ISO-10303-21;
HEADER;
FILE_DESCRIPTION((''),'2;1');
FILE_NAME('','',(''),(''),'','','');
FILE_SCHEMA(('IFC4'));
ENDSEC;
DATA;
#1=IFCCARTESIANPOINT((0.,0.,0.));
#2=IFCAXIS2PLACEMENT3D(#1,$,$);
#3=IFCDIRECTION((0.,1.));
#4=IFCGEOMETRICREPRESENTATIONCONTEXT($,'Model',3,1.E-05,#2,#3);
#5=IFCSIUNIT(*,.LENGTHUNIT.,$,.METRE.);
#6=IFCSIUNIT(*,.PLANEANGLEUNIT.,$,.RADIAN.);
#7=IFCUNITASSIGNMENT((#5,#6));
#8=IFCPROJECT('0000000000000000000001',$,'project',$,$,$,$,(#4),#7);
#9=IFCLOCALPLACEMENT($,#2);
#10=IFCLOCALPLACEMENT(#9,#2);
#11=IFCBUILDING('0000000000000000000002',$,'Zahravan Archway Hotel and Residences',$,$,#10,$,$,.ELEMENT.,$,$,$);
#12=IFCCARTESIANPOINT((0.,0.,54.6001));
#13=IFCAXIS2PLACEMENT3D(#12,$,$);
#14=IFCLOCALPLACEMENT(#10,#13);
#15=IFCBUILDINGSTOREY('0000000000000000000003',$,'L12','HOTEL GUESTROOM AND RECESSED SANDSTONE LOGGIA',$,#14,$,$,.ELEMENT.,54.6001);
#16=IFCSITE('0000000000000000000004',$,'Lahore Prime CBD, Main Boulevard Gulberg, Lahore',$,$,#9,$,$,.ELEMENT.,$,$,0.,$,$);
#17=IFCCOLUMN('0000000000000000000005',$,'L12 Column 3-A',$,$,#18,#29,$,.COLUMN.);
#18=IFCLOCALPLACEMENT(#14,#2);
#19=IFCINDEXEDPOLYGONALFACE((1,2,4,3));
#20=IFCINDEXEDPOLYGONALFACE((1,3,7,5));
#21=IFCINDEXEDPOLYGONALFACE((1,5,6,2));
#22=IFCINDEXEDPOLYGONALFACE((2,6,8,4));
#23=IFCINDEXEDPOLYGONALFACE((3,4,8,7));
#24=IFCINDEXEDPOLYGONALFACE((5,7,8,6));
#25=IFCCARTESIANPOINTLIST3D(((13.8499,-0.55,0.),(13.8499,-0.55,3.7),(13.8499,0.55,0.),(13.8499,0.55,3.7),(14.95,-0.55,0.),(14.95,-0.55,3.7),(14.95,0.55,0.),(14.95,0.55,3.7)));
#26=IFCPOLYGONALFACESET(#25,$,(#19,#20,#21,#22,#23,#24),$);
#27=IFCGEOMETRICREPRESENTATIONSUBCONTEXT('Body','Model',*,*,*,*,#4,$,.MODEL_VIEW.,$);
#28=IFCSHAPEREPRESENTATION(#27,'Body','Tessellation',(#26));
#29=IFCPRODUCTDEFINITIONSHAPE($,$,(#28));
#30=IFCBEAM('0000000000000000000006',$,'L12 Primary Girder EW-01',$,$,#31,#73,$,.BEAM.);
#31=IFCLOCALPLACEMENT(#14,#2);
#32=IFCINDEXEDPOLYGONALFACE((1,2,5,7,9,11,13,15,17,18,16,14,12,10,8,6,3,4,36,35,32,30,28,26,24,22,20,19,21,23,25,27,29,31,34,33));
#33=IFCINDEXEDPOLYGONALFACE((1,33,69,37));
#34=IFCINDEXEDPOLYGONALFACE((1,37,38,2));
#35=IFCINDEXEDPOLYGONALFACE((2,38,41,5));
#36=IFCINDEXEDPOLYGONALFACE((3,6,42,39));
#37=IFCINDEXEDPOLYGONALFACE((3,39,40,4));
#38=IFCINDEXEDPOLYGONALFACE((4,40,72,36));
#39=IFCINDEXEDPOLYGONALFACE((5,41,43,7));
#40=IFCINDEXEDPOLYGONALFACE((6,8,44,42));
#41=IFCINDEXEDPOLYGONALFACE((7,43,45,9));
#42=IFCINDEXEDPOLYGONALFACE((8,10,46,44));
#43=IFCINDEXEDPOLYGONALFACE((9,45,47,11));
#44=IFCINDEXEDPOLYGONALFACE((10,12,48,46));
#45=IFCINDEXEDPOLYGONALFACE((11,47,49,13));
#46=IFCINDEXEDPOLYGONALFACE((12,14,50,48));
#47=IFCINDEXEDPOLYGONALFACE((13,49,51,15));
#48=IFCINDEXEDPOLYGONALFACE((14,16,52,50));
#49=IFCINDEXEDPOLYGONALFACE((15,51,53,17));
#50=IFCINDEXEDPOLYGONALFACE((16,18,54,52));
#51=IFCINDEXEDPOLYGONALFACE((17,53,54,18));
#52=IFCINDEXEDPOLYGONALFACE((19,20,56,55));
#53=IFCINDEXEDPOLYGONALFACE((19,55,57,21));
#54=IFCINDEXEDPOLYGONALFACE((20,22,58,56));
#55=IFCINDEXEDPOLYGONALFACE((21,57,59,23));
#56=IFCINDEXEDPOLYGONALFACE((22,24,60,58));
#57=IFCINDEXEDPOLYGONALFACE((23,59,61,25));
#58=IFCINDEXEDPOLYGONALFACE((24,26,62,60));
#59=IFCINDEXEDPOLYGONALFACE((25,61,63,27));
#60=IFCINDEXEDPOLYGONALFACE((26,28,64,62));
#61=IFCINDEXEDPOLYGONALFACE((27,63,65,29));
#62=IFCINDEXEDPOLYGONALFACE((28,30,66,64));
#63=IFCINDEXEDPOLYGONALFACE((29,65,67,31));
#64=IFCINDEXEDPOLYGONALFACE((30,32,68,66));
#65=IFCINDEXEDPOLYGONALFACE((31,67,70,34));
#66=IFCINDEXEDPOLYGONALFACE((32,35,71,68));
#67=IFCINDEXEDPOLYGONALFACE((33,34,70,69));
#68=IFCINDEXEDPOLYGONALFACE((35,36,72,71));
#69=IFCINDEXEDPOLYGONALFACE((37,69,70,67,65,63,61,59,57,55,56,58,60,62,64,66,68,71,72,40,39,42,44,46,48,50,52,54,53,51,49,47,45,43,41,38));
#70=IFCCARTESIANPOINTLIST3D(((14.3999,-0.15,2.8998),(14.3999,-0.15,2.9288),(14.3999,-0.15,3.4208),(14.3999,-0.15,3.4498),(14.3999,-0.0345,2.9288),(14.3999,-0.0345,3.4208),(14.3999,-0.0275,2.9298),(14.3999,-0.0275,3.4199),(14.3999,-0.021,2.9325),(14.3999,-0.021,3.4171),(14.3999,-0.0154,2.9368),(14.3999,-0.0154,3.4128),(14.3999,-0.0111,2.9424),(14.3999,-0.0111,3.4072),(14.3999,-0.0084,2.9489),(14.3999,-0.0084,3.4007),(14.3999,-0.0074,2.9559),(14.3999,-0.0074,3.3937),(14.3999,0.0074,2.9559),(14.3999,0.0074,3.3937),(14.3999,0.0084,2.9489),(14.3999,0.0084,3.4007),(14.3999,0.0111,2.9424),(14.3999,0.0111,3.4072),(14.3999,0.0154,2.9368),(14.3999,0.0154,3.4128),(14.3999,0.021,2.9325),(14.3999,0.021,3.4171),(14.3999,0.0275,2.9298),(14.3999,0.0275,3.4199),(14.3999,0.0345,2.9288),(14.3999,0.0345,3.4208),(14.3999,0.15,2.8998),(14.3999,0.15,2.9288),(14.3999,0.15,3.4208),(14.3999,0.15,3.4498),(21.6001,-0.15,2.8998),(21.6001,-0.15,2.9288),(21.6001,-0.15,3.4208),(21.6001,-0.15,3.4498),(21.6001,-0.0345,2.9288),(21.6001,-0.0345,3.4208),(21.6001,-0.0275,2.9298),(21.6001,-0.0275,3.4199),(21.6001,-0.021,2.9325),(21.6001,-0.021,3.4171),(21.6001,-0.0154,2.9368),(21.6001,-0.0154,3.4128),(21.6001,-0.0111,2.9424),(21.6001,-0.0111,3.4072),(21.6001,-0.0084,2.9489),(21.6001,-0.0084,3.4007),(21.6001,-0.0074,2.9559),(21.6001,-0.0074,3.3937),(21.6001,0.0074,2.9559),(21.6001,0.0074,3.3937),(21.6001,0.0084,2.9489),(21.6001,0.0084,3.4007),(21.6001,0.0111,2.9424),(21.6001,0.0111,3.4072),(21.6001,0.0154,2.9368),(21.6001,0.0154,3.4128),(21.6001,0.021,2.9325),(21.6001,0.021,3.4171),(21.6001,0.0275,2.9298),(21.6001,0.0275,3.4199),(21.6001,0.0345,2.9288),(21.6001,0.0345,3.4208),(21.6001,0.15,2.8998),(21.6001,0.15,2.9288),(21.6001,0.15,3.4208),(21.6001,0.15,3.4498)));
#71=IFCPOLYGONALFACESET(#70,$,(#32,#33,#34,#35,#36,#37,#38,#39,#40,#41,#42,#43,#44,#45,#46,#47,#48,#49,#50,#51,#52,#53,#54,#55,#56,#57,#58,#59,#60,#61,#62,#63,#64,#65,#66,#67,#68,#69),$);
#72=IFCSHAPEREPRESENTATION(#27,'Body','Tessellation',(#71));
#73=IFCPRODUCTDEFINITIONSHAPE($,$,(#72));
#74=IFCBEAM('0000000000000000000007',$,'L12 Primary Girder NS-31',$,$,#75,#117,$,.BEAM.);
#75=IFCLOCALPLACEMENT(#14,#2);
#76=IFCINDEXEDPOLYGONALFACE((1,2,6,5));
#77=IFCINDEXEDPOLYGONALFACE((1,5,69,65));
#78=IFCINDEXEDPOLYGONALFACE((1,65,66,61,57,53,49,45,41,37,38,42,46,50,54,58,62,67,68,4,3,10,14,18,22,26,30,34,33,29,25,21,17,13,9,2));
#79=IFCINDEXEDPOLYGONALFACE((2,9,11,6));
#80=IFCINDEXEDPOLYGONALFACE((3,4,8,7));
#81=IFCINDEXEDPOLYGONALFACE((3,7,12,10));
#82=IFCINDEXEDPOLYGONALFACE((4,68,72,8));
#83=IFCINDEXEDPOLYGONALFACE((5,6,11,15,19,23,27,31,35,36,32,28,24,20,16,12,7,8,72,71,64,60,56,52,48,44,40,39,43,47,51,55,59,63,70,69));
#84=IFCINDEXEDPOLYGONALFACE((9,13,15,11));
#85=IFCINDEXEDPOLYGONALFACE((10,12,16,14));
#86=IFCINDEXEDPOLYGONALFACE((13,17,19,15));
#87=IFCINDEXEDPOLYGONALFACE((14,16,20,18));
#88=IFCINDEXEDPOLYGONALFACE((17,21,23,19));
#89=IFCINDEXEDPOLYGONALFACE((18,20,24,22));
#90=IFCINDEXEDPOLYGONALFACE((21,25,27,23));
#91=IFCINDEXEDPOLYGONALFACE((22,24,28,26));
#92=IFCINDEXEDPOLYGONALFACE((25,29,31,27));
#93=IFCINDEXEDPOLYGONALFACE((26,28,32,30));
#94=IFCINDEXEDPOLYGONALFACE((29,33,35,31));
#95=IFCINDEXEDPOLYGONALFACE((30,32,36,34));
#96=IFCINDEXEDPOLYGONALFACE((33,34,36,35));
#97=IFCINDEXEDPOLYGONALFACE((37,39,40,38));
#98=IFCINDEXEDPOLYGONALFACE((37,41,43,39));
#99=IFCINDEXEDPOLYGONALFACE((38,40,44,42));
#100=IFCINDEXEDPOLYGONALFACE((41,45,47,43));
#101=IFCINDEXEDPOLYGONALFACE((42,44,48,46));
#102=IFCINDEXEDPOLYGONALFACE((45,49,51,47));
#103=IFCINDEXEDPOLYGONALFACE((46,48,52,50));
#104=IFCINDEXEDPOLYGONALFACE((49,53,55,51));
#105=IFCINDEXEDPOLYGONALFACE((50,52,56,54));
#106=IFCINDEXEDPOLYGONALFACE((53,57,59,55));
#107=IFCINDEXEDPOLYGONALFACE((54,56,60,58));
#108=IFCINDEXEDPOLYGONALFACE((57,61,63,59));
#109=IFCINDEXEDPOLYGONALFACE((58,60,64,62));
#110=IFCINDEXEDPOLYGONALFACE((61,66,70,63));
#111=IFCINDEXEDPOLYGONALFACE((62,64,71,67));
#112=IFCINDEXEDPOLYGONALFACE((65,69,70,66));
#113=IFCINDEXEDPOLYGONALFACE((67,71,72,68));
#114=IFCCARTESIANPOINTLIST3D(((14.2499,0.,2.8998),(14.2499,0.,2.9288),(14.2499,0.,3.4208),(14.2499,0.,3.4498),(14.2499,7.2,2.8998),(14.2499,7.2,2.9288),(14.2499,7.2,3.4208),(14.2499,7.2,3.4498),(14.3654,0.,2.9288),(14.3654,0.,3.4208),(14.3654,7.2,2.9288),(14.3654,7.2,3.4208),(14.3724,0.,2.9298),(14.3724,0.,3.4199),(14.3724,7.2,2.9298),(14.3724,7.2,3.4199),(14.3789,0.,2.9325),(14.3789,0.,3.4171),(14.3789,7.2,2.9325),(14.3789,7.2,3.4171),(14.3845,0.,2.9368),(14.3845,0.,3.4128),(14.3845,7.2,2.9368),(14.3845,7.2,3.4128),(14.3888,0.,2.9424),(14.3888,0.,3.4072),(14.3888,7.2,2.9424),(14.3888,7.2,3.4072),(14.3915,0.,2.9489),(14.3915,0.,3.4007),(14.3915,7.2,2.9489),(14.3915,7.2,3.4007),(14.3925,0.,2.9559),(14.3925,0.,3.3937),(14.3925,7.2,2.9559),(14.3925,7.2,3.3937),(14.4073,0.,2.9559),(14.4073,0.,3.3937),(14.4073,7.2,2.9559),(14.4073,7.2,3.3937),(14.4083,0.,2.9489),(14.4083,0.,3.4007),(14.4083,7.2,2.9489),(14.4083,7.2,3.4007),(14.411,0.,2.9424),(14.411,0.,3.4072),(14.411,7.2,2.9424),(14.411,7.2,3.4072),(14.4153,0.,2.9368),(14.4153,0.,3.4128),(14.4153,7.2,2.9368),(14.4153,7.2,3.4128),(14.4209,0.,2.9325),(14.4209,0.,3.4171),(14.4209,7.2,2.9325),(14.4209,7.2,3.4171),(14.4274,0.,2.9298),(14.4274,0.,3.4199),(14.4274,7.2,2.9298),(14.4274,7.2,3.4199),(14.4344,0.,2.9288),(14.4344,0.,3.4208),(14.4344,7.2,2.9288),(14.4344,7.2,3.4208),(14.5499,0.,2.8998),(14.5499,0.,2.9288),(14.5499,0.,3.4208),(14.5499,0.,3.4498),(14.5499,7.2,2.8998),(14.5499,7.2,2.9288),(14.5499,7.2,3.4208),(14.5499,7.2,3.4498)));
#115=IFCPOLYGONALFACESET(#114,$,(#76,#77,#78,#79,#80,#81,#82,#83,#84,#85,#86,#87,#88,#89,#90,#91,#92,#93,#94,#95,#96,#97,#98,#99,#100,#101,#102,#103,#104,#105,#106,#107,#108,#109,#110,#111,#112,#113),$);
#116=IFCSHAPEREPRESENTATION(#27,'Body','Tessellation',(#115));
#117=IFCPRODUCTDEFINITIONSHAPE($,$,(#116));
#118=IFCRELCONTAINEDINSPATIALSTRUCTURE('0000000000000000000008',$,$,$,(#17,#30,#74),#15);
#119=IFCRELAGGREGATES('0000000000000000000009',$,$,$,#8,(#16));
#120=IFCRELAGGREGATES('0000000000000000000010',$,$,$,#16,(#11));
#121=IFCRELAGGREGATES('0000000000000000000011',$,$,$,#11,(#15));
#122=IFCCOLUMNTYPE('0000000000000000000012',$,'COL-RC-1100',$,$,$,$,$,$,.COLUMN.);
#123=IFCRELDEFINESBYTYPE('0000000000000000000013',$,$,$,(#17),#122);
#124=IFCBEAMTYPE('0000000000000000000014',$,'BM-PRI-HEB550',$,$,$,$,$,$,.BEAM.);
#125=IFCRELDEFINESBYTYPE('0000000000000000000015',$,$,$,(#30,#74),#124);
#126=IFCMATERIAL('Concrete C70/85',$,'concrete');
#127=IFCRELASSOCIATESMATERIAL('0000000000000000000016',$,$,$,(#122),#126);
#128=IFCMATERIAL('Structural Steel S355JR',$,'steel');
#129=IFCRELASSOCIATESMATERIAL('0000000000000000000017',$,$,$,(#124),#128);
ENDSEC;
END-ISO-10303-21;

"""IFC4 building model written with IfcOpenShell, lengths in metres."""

from ifc_helpers import new_model, si_unit, direction, frame, origin, origin_2d, place, context, subcontext, project, spatial, rectangle, i_section, extrude, source, transform, mapped, material, material_profile, profile_set, type_object, type_shapes, element, save


model = new_model("IFC4")

# Units and contexts
model_context = context("Model", 3, precision=1e-05, world=origin(), true_north=direction((0.0, 1.0)))
body_context = subcontext(model_context, "Body", "Model", "MODEL_VIEW")
ifc_project = project(units=[si_unit("LENGTHUNIT", "METRE"), si_unit("PLANEANGLEUNIT", "RADIAN")], contexts=[model_context])

# Site, building, storey
site_placement = place(None, origin())
site = spatial("IfcSite", under=ifc_project, at=site_placement, Name="Lahore Prime CBD, Main Boulevard Gulberg, Lahore", CompositionType="ELEMENT", RefElevation=0.0)
building_placement = place(site_placement, origin())
building = spatial("IfcBuilding", under=site, at=building_placement, Name="Zahravan Archway Hotel and Residences", CompositionType="ELEMENT")
storey_placement = place(building_placement, frame((0.0, 0.0, 54.6001)))
storey = spatial("IfcBuildingStorey", under=building, at=storey_placement, Name="L12", Description="HOTEL GUESTROOM AND RECESSED SANDSTONE LOGGIA", CompositionType="ELEMENT", Elevation=54.6001)

# Column
ifc_material_1 = material(Name="Concrete C70/85", Category="concrete")
ifc_material_profile_1 = material_profile(ifc_material_1, rectangle(XDim=1.1001, YDim=1.1001, at=origin_2d()), Name="RC 1100x1100", Category="concrete")
ifc_profile_set_1 = profile_set([ifc_material_profile_1], Name="Concrete C70/85")
column_type = type_object("IfcColumnType", Name="COL-RC-1100", PredefinedType="COLUMN", material=ifc_profile_set_1)
shared_shape_1 = source(origin(), body_context, "Body", "SweptSolid", [
    extrude(rectangle(XDim=1.1001, YDim=1.1001, at=origin_2d()), origin(), (0.0, 0.0, 1.0), 3.7),
])
column_placement = place(storey_placement, frame((14.3999, 0.0, 0.0), z_axis=(0.0, 0.0, 1.0), x_axis=(1.0, 0.0, 0.0)))
element("IfcColumn", 1, at=column_placement, inside=storey, type_object=column_type, Name="L12 Column 3-A", PredefinedType="COLUMN", context=body_context, shape_type="MappedRepresentation", body=[
    mapped(shared_shape_1, transform((0.0, 0.0, 0.0), scale=1.0)),
])

# Beams
ifc_material_2 = material(Name="Structural Steel S355JR", Category="steel")
ifc_material_profile_2 = material_profile(ifc_material_2, i_section(OverallWidth=0.3, OverallDepth=0.55, WebThickness=0.0149, FlangeThickness=0.0291, FilletRadius=0.0271, at=origin_2d()), Name="HEB 550", Category="steel")
ifc_profile_set_2 = profile_set([ifc_material_profile_2], Name="Structural Steel S355JR")
beam_type = type_object("IfcBeamType", Name="BM-PRI-HEB550", PredefinedType="BEAM", material=ifc_profile_set_2)
shared_shape_2 = source(origin(), body_context, "Body", "SweptSolid", [
    extrude(i_section(OverallWidth=0.3, OverallDepth=0.55, WebThickness=0.0149, FlangeThickness=0.0291, FilletRadius=0.0271, at=origin_2d()), origin(), (0.0, 0.0, 1.0), 7.2002),
])
type_shapes(beam_type, [shared_shape_2])
beam_1_placement = place(storey_placement, frame((14.3999, 0.0, 3.1748), z_axis=(1.0, 0.0, 0.0), x_axis=(0.0, 1.0, 0.0)))
element("IfcBeam", 2, at=beam_1_placement, inside=storey, type_object=beam_type, Name="L12 Primary Girder EW-01", PredefinedType="BEAM", context=body_context, shape_type="MappedRepresentation", body=[
    mapped(shared_shape_2, transform((0.0, 0.0, 0.0), scale=1.0)),
])
shared_shape_3 = source(origin(), body_context, "Body", "SweptSolid", [
    extrude(i_section(OverallWidth=0.3, OverallDepth=0.55, WebThickness=0.0149, FlangeThickness=0.0291, FilletRadius=0.0271, at=origin_2d()), origin(), (0.0, 0.0, 1.0), 7.2),
])
beam_2_placement = place(storey_placement, frame((14.3999, 0.0, 3.1748), z_axis=(0.0, 1.0, 0.0), x_axis=(-1.0, 0.0, 0.0)))
element("IfcBeam", 3, at=beam_2_placement, inside=storey, type_object=beam_type, Name="L12 Primary Girder NS-31", PredefinedType="BEAM", context=body_context, shape_type="MappedRepresentation", body=[
    mapped(shared_shape_3, transform((0.0, 0.0, 0.0), scale=1.0)),
])

save(model, "model.ifc")
